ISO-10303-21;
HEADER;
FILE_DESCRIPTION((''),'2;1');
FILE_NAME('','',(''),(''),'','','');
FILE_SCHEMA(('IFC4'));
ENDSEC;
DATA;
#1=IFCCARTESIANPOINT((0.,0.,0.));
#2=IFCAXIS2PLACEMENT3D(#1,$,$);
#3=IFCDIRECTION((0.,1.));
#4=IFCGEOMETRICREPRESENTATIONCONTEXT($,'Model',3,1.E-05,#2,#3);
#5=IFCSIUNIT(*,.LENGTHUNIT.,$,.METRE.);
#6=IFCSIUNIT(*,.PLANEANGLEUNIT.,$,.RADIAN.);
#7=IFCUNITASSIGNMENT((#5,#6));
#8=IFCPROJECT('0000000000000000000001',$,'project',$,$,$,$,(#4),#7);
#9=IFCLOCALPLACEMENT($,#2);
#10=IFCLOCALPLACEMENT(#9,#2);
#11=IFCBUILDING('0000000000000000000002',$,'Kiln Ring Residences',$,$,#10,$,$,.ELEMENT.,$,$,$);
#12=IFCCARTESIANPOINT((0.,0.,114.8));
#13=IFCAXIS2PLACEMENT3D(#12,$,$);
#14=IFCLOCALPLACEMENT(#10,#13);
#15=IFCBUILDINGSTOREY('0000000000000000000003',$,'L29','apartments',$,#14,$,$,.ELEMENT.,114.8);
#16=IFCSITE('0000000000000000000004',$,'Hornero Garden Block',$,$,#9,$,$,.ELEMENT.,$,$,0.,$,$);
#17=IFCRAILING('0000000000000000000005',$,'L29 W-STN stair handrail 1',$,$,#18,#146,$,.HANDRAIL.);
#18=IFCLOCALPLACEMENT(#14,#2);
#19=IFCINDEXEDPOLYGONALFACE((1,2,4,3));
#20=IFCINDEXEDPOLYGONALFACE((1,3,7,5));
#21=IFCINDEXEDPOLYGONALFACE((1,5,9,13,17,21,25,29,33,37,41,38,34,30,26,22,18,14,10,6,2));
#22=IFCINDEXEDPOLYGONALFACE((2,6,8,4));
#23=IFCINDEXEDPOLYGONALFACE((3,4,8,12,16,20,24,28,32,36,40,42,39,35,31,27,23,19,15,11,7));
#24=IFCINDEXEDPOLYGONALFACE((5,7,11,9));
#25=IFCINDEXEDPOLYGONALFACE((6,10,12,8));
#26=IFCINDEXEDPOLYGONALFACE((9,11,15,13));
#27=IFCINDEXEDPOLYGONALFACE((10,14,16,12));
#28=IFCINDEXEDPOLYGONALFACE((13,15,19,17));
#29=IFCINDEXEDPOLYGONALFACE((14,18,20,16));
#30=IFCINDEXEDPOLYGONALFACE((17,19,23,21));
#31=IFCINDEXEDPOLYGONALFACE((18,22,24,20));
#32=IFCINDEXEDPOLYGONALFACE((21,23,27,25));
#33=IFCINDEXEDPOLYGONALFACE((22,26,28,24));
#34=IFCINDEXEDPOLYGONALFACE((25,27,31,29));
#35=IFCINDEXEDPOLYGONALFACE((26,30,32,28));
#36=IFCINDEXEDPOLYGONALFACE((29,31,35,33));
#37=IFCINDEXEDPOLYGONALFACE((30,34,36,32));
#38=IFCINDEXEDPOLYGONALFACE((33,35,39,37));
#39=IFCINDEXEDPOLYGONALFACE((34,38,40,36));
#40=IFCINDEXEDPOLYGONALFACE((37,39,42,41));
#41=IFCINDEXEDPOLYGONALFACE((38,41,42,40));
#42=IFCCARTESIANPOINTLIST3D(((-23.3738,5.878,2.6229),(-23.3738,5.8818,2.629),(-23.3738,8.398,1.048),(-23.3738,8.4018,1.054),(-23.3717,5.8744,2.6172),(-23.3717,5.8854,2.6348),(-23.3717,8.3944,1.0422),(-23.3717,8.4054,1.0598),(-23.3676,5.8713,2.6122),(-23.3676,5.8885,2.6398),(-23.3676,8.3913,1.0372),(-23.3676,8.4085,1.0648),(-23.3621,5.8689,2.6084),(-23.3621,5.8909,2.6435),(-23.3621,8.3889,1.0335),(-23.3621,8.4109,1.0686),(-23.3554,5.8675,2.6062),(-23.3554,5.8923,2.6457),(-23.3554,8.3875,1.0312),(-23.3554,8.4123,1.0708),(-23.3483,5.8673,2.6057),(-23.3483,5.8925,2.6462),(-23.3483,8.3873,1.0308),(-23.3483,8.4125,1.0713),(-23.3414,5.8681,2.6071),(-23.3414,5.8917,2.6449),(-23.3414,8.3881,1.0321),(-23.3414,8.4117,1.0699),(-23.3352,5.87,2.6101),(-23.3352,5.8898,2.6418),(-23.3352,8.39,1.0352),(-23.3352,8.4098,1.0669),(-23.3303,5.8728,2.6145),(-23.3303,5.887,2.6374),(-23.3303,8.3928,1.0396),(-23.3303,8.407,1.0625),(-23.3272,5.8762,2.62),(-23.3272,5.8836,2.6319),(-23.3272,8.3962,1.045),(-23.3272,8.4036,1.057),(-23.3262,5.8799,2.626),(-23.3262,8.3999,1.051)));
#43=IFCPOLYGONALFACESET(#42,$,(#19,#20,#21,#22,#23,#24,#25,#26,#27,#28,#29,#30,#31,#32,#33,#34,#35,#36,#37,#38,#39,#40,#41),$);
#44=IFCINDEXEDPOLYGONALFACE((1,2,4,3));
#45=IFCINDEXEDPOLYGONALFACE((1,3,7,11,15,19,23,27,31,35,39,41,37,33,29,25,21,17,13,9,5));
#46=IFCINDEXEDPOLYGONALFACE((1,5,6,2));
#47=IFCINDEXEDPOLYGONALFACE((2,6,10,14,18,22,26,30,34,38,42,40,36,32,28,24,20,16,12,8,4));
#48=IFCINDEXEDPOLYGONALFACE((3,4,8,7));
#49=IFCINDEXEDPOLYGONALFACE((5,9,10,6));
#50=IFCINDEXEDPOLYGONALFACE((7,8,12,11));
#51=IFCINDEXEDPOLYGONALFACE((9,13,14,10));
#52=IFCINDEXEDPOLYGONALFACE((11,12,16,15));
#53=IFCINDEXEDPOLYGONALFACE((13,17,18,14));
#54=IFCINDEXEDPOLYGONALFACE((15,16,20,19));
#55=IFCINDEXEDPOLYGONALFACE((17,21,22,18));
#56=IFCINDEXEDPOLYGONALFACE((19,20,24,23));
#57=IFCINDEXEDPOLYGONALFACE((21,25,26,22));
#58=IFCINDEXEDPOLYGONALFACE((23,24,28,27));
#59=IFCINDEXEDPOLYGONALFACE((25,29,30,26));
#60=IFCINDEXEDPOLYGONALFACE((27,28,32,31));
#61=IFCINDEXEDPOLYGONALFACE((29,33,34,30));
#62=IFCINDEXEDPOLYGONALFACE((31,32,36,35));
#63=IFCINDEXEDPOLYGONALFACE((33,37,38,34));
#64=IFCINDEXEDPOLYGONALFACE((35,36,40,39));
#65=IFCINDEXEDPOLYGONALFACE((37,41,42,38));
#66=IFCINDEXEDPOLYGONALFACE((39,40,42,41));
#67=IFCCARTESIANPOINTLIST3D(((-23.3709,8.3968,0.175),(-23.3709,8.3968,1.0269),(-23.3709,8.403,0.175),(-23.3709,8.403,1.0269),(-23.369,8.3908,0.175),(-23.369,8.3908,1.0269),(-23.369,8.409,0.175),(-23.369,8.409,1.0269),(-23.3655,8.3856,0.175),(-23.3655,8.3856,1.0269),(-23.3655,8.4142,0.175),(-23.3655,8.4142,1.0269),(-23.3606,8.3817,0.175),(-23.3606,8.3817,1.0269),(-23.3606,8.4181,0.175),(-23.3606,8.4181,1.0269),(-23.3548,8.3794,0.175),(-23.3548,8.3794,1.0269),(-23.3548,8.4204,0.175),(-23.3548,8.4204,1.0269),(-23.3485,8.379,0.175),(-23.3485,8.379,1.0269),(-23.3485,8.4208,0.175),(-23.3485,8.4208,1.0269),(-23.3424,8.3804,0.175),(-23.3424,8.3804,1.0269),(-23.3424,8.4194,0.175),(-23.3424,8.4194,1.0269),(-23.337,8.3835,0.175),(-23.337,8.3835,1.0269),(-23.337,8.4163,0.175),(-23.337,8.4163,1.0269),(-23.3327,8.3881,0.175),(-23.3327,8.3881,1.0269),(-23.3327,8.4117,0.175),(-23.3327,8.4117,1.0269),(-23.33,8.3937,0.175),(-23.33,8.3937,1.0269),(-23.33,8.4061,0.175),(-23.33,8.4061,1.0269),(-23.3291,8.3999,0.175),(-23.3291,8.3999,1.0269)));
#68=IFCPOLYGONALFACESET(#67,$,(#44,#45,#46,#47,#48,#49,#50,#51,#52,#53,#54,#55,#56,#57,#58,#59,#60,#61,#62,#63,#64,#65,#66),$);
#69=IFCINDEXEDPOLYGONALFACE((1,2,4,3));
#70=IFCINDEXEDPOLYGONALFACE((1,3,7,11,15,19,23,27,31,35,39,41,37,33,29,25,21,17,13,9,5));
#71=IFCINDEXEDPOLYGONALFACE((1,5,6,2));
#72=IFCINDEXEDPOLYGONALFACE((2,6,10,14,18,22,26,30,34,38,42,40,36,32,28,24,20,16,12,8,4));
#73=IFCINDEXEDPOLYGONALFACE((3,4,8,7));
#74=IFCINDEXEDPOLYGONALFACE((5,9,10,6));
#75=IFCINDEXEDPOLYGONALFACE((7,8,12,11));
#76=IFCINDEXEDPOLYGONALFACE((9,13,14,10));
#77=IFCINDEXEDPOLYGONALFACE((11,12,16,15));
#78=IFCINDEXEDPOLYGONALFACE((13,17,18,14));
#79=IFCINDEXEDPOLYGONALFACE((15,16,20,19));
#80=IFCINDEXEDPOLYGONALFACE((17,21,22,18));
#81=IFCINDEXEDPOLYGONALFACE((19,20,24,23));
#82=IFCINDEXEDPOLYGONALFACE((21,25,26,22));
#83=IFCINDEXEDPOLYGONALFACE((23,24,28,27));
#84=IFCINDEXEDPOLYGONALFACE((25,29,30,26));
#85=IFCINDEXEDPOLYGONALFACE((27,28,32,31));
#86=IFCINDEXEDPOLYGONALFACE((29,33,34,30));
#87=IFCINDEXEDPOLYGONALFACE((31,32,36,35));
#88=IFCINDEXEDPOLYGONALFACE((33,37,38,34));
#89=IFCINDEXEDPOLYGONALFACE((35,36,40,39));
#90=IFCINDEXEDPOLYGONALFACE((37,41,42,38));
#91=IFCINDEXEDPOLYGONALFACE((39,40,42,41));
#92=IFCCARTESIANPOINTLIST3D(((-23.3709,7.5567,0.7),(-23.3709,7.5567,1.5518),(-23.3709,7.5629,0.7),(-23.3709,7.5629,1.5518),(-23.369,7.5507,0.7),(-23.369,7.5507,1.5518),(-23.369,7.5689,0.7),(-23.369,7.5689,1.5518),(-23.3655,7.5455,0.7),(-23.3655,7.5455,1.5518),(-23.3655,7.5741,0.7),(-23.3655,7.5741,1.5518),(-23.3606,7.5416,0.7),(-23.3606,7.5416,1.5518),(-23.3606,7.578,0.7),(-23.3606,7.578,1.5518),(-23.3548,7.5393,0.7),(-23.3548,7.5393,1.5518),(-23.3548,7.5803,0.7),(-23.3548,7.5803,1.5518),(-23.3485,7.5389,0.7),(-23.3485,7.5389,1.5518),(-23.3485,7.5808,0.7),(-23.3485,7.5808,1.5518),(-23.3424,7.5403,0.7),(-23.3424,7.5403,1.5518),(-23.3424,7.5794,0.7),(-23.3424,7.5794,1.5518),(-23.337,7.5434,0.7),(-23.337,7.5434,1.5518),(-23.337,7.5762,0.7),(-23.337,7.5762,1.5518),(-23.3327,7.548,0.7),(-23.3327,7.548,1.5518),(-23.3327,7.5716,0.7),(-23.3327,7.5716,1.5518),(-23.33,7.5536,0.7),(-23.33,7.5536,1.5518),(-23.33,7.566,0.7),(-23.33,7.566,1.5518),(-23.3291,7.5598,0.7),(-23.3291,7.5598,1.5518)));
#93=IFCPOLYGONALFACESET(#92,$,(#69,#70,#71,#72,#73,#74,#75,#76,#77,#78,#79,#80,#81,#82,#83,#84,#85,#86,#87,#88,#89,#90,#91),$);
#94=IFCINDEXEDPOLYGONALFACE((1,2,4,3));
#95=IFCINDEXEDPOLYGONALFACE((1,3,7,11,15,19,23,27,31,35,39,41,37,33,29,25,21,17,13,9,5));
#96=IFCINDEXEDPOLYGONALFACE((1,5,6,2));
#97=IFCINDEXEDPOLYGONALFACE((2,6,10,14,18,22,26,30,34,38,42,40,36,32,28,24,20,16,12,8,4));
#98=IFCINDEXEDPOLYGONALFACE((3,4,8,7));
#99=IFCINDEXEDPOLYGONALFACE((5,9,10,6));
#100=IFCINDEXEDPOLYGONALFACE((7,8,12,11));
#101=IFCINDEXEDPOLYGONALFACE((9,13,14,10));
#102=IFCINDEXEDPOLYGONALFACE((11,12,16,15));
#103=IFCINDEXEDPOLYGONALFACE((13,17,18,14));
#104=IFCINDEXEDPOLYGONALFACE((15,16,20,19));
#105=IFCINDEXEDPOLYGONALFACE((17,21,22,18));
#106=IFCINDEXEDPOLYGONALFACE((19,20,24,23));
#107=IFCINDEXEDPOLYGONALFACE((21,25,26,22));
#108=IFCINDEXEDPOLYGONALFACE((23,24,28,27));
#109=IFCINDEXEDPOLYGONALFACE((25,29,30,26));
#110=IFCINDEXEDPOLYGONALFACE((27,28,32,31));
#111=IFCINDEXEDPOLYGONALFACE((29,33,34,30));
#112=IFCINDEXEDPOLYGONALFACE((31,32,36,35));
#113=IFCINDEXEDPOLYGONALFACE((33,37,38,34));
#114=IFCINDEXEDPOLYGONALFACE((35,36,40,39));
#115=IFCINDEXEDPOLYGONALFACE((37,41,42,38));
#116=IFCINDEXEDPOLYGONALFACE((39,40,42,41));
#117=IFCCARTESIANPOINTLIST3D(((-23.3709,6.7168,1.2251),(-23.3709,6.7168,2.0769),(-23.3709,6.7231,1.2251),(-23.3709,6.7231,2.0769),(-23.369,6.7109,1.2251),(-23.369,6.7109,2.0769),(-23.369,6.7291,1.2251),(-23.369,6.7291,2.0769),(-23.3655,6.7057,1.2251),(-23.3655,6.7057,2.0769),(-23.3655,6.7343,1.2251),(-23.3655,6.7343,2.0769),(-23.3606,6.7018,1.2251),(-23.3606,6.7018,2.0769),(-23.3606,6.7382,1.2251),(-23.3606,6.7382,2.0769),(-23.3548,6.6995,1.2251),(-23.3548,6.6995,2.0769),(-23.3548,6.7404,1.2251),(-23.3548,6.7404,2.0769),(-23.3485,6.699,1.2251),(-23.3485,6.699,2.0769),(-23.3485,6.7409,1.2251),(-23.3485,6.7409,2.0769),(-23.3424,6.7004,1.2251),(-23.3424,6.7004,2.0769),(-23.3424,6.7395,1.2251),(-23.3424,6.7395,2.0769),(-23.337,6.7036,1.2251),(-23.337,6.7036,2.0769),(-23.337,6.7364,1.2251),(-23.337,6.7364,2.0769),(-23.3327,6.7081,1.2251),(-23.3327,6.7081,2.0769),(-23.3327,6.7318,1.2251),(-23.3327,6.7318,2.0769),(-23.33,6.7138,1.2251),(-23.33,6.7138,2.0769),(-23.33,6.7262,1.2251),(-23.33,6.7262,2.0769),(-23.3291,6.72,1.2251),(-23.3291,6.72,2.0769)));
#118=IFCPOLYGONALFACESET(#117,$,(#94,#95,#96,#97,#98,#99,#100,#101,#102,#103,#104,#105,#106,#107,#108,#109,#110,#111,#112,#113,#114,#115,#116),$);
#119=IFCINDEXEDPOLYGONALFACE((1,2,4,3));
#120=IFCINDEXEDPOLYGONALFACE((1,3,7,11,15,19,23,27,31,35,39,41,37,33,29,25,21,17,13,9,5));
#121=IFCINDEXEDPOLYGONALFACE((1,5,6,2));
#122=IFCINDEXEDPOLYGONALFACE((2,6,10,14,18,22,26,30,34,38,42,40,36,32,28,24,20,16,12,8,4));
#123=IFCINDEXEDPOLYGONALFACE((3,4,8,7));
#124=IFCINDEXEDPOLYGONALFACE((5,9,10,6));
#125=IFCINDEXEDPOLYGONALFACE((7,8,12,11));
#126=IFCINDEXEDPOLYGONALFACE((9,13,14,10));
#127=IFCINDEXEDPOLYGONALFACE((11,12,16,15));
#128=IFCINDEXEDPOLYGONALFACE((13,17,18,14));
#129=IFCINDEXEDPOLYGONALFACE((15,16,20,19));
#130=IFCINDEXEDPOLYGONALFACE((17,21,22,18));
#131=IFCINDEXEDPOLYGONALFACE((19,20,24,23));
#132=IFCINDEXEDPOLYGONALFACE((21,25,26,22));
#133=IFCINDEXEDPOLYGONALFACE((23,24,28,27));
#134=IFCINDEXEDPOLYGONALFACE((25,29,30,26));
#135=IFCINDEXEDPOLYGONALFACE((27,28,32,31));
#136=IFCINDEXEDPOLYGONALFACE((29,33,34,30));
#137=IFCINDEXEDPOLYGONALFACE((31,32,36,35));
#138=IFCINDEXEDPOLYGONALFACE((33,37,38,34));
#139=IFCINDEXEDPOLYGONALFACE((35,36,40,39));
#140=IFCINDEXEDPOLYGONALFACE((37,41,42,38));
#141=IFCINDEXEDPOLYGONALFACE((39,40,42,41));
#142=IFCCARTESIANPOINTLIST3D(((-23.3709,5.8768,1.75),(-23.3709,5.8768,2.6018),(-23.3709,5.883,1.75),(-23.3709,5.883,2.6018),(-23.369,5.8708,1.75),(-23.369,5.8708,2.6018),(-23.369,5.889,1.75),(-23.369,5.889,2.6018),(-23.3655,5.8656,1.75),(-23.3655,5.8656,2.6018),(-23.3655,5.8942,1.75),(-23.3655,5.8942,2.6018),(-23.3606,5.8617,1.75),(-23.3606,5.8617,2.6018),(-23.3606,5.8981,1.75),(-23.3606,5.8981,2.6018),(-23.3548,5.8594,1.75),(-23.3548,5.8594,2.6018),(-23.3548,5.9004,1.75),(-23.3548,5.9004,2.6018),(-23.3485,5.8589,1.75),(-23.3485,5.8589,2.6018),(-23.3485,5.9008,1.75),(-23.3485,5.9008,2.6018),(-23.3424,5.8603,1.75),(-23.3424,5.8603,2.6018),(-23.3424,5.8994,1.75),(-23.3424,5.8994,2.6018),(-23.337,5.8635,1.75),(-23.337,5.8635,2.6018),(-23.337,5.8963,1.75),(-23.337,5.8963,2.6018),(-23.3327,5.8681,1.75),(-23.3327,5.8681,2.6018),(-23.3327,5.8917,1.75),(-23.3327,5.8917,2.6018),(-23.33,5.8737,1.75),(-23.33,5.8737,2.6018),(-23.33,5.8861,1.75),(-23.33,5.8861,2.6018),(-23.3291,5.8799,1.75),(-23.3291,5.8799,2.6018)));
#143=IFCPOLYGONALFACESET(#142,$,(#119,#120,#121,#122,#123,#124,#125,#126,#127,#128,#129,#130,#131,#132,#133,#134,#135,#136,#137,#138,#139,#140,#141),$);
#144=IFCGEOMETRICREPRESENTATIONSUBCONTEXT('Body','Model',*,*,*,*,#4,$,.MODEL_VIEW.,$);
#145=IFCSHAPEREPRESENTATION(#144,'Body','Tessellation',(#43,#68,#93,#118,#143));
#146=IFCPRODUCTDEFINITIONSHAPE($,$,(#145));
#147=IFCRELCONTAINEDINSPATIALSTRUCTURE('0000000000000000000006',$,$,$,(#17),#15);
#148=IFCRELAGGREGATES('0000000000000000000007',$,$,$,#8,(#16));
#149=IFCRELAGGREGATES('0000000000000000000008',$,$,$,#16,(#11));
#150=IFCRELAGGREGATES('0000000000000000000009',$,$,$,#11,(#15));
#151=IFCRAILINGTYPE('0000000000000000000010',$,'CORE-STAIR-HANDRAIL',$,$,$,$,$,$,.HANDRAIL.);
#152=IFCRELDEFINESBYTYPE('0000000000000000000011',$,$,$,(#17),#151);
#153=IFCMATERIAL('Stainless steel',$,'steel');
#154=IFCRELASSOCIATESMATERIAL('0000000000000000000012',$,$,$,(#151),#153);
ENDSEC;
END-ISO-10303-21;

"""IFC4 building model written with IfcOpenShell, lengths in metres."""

from ifc_helpers import new_model, si_unit, direction, frame, origin, origin_2d, place, context, subcontext, project, spatial, circle, extrude, material, type_object, element, save


model = new_model("IFC4")

# Units and contexts
model_context = context("Model", 3, precision=1e-05, world=origin(), true_north=direction((0.0, 1.0)))
body_context = subcontext(model_context, "Body", "Model", "MODEL_VIEW")
ifc_project = project(units=[si_unit("LENGTHUNIT", "METRE"), si_unit("PLANEANGLEUNIT", "RADIAN")], contexts=[model_context])

# Site, building, storey
site_placement = place(None, origin())
site = spatial("IfcSite", under=ifc_project, at=site_placement, Name="Hornero Garden Block", CompositionType="ELEMENT", RefElevation=0.0)
building_placement = place(site_placement, origin())
building = spatial("IfcBuilding", under=site, at=building_placement, Name="Kiln Ring Residences", CompositionType="ELEMENT")
storey_placement = place(building_placement, frame((0.0, 0.0, 114.8)))
storey = spatial("IfcBuildingStorey", under=building, at=storey_placement, Name="L29", Description="apartments", CompositionType="ELEMENT", Elevation=114.8)

# Railing
ifc_material_1 = material(Name="Stainless steel", Category="steel")
railing_type_1 = type_object("IfcRailingType", Name="CORE-STAIR-HANDRAIL", PredefinedType="HANDRAIL", material=ifc_material_1)
railing_1_placement = place(storey_placement, frame((-23.3501, 8.3999, 0.175)))
element("IfcRailing", 1, at=railing_1_placement, inside=storey, type_object=railing_type_1, Name="L29 W-STN stair handrail 1", PredefinedType="HANDRAIL", context=body_context, shape_type="SweptSolid", body=[
    extrude(circle(Radius=0.0239, at=origin_2d()), frame((0.0, 0.0, 0.876), z_axis=(0.0, -0.848008, 0.529984), x_axis=(1.0, 0.0, 0.0)), (0.0, 0.0, 1.0), 2.9717),
    extrude(circle(Radius=0.021, at=origin_2d()), origin(), (0.0, 0.0, 1.0), 0.8518),
    extrude(circle(Radius=0.021, at=origin_2d()), frame((0.0, -0.8401, 0.5249)), (0.0, 0.0, 1.0), 0.8518),
    extrude(circle(Radius=0.021, at=origin_2d()), frame((0.0, -1.6799, 1.05)), (0.0, 0.0, 1.0), 0.8518),
    extrude(circle(Radius=0.021, at=origin_2d()), frame((0.0, -2.52, 1.575)), (0.0, 0.0, 1.0), 0.8518),
])

save(model, "model.ifc")
